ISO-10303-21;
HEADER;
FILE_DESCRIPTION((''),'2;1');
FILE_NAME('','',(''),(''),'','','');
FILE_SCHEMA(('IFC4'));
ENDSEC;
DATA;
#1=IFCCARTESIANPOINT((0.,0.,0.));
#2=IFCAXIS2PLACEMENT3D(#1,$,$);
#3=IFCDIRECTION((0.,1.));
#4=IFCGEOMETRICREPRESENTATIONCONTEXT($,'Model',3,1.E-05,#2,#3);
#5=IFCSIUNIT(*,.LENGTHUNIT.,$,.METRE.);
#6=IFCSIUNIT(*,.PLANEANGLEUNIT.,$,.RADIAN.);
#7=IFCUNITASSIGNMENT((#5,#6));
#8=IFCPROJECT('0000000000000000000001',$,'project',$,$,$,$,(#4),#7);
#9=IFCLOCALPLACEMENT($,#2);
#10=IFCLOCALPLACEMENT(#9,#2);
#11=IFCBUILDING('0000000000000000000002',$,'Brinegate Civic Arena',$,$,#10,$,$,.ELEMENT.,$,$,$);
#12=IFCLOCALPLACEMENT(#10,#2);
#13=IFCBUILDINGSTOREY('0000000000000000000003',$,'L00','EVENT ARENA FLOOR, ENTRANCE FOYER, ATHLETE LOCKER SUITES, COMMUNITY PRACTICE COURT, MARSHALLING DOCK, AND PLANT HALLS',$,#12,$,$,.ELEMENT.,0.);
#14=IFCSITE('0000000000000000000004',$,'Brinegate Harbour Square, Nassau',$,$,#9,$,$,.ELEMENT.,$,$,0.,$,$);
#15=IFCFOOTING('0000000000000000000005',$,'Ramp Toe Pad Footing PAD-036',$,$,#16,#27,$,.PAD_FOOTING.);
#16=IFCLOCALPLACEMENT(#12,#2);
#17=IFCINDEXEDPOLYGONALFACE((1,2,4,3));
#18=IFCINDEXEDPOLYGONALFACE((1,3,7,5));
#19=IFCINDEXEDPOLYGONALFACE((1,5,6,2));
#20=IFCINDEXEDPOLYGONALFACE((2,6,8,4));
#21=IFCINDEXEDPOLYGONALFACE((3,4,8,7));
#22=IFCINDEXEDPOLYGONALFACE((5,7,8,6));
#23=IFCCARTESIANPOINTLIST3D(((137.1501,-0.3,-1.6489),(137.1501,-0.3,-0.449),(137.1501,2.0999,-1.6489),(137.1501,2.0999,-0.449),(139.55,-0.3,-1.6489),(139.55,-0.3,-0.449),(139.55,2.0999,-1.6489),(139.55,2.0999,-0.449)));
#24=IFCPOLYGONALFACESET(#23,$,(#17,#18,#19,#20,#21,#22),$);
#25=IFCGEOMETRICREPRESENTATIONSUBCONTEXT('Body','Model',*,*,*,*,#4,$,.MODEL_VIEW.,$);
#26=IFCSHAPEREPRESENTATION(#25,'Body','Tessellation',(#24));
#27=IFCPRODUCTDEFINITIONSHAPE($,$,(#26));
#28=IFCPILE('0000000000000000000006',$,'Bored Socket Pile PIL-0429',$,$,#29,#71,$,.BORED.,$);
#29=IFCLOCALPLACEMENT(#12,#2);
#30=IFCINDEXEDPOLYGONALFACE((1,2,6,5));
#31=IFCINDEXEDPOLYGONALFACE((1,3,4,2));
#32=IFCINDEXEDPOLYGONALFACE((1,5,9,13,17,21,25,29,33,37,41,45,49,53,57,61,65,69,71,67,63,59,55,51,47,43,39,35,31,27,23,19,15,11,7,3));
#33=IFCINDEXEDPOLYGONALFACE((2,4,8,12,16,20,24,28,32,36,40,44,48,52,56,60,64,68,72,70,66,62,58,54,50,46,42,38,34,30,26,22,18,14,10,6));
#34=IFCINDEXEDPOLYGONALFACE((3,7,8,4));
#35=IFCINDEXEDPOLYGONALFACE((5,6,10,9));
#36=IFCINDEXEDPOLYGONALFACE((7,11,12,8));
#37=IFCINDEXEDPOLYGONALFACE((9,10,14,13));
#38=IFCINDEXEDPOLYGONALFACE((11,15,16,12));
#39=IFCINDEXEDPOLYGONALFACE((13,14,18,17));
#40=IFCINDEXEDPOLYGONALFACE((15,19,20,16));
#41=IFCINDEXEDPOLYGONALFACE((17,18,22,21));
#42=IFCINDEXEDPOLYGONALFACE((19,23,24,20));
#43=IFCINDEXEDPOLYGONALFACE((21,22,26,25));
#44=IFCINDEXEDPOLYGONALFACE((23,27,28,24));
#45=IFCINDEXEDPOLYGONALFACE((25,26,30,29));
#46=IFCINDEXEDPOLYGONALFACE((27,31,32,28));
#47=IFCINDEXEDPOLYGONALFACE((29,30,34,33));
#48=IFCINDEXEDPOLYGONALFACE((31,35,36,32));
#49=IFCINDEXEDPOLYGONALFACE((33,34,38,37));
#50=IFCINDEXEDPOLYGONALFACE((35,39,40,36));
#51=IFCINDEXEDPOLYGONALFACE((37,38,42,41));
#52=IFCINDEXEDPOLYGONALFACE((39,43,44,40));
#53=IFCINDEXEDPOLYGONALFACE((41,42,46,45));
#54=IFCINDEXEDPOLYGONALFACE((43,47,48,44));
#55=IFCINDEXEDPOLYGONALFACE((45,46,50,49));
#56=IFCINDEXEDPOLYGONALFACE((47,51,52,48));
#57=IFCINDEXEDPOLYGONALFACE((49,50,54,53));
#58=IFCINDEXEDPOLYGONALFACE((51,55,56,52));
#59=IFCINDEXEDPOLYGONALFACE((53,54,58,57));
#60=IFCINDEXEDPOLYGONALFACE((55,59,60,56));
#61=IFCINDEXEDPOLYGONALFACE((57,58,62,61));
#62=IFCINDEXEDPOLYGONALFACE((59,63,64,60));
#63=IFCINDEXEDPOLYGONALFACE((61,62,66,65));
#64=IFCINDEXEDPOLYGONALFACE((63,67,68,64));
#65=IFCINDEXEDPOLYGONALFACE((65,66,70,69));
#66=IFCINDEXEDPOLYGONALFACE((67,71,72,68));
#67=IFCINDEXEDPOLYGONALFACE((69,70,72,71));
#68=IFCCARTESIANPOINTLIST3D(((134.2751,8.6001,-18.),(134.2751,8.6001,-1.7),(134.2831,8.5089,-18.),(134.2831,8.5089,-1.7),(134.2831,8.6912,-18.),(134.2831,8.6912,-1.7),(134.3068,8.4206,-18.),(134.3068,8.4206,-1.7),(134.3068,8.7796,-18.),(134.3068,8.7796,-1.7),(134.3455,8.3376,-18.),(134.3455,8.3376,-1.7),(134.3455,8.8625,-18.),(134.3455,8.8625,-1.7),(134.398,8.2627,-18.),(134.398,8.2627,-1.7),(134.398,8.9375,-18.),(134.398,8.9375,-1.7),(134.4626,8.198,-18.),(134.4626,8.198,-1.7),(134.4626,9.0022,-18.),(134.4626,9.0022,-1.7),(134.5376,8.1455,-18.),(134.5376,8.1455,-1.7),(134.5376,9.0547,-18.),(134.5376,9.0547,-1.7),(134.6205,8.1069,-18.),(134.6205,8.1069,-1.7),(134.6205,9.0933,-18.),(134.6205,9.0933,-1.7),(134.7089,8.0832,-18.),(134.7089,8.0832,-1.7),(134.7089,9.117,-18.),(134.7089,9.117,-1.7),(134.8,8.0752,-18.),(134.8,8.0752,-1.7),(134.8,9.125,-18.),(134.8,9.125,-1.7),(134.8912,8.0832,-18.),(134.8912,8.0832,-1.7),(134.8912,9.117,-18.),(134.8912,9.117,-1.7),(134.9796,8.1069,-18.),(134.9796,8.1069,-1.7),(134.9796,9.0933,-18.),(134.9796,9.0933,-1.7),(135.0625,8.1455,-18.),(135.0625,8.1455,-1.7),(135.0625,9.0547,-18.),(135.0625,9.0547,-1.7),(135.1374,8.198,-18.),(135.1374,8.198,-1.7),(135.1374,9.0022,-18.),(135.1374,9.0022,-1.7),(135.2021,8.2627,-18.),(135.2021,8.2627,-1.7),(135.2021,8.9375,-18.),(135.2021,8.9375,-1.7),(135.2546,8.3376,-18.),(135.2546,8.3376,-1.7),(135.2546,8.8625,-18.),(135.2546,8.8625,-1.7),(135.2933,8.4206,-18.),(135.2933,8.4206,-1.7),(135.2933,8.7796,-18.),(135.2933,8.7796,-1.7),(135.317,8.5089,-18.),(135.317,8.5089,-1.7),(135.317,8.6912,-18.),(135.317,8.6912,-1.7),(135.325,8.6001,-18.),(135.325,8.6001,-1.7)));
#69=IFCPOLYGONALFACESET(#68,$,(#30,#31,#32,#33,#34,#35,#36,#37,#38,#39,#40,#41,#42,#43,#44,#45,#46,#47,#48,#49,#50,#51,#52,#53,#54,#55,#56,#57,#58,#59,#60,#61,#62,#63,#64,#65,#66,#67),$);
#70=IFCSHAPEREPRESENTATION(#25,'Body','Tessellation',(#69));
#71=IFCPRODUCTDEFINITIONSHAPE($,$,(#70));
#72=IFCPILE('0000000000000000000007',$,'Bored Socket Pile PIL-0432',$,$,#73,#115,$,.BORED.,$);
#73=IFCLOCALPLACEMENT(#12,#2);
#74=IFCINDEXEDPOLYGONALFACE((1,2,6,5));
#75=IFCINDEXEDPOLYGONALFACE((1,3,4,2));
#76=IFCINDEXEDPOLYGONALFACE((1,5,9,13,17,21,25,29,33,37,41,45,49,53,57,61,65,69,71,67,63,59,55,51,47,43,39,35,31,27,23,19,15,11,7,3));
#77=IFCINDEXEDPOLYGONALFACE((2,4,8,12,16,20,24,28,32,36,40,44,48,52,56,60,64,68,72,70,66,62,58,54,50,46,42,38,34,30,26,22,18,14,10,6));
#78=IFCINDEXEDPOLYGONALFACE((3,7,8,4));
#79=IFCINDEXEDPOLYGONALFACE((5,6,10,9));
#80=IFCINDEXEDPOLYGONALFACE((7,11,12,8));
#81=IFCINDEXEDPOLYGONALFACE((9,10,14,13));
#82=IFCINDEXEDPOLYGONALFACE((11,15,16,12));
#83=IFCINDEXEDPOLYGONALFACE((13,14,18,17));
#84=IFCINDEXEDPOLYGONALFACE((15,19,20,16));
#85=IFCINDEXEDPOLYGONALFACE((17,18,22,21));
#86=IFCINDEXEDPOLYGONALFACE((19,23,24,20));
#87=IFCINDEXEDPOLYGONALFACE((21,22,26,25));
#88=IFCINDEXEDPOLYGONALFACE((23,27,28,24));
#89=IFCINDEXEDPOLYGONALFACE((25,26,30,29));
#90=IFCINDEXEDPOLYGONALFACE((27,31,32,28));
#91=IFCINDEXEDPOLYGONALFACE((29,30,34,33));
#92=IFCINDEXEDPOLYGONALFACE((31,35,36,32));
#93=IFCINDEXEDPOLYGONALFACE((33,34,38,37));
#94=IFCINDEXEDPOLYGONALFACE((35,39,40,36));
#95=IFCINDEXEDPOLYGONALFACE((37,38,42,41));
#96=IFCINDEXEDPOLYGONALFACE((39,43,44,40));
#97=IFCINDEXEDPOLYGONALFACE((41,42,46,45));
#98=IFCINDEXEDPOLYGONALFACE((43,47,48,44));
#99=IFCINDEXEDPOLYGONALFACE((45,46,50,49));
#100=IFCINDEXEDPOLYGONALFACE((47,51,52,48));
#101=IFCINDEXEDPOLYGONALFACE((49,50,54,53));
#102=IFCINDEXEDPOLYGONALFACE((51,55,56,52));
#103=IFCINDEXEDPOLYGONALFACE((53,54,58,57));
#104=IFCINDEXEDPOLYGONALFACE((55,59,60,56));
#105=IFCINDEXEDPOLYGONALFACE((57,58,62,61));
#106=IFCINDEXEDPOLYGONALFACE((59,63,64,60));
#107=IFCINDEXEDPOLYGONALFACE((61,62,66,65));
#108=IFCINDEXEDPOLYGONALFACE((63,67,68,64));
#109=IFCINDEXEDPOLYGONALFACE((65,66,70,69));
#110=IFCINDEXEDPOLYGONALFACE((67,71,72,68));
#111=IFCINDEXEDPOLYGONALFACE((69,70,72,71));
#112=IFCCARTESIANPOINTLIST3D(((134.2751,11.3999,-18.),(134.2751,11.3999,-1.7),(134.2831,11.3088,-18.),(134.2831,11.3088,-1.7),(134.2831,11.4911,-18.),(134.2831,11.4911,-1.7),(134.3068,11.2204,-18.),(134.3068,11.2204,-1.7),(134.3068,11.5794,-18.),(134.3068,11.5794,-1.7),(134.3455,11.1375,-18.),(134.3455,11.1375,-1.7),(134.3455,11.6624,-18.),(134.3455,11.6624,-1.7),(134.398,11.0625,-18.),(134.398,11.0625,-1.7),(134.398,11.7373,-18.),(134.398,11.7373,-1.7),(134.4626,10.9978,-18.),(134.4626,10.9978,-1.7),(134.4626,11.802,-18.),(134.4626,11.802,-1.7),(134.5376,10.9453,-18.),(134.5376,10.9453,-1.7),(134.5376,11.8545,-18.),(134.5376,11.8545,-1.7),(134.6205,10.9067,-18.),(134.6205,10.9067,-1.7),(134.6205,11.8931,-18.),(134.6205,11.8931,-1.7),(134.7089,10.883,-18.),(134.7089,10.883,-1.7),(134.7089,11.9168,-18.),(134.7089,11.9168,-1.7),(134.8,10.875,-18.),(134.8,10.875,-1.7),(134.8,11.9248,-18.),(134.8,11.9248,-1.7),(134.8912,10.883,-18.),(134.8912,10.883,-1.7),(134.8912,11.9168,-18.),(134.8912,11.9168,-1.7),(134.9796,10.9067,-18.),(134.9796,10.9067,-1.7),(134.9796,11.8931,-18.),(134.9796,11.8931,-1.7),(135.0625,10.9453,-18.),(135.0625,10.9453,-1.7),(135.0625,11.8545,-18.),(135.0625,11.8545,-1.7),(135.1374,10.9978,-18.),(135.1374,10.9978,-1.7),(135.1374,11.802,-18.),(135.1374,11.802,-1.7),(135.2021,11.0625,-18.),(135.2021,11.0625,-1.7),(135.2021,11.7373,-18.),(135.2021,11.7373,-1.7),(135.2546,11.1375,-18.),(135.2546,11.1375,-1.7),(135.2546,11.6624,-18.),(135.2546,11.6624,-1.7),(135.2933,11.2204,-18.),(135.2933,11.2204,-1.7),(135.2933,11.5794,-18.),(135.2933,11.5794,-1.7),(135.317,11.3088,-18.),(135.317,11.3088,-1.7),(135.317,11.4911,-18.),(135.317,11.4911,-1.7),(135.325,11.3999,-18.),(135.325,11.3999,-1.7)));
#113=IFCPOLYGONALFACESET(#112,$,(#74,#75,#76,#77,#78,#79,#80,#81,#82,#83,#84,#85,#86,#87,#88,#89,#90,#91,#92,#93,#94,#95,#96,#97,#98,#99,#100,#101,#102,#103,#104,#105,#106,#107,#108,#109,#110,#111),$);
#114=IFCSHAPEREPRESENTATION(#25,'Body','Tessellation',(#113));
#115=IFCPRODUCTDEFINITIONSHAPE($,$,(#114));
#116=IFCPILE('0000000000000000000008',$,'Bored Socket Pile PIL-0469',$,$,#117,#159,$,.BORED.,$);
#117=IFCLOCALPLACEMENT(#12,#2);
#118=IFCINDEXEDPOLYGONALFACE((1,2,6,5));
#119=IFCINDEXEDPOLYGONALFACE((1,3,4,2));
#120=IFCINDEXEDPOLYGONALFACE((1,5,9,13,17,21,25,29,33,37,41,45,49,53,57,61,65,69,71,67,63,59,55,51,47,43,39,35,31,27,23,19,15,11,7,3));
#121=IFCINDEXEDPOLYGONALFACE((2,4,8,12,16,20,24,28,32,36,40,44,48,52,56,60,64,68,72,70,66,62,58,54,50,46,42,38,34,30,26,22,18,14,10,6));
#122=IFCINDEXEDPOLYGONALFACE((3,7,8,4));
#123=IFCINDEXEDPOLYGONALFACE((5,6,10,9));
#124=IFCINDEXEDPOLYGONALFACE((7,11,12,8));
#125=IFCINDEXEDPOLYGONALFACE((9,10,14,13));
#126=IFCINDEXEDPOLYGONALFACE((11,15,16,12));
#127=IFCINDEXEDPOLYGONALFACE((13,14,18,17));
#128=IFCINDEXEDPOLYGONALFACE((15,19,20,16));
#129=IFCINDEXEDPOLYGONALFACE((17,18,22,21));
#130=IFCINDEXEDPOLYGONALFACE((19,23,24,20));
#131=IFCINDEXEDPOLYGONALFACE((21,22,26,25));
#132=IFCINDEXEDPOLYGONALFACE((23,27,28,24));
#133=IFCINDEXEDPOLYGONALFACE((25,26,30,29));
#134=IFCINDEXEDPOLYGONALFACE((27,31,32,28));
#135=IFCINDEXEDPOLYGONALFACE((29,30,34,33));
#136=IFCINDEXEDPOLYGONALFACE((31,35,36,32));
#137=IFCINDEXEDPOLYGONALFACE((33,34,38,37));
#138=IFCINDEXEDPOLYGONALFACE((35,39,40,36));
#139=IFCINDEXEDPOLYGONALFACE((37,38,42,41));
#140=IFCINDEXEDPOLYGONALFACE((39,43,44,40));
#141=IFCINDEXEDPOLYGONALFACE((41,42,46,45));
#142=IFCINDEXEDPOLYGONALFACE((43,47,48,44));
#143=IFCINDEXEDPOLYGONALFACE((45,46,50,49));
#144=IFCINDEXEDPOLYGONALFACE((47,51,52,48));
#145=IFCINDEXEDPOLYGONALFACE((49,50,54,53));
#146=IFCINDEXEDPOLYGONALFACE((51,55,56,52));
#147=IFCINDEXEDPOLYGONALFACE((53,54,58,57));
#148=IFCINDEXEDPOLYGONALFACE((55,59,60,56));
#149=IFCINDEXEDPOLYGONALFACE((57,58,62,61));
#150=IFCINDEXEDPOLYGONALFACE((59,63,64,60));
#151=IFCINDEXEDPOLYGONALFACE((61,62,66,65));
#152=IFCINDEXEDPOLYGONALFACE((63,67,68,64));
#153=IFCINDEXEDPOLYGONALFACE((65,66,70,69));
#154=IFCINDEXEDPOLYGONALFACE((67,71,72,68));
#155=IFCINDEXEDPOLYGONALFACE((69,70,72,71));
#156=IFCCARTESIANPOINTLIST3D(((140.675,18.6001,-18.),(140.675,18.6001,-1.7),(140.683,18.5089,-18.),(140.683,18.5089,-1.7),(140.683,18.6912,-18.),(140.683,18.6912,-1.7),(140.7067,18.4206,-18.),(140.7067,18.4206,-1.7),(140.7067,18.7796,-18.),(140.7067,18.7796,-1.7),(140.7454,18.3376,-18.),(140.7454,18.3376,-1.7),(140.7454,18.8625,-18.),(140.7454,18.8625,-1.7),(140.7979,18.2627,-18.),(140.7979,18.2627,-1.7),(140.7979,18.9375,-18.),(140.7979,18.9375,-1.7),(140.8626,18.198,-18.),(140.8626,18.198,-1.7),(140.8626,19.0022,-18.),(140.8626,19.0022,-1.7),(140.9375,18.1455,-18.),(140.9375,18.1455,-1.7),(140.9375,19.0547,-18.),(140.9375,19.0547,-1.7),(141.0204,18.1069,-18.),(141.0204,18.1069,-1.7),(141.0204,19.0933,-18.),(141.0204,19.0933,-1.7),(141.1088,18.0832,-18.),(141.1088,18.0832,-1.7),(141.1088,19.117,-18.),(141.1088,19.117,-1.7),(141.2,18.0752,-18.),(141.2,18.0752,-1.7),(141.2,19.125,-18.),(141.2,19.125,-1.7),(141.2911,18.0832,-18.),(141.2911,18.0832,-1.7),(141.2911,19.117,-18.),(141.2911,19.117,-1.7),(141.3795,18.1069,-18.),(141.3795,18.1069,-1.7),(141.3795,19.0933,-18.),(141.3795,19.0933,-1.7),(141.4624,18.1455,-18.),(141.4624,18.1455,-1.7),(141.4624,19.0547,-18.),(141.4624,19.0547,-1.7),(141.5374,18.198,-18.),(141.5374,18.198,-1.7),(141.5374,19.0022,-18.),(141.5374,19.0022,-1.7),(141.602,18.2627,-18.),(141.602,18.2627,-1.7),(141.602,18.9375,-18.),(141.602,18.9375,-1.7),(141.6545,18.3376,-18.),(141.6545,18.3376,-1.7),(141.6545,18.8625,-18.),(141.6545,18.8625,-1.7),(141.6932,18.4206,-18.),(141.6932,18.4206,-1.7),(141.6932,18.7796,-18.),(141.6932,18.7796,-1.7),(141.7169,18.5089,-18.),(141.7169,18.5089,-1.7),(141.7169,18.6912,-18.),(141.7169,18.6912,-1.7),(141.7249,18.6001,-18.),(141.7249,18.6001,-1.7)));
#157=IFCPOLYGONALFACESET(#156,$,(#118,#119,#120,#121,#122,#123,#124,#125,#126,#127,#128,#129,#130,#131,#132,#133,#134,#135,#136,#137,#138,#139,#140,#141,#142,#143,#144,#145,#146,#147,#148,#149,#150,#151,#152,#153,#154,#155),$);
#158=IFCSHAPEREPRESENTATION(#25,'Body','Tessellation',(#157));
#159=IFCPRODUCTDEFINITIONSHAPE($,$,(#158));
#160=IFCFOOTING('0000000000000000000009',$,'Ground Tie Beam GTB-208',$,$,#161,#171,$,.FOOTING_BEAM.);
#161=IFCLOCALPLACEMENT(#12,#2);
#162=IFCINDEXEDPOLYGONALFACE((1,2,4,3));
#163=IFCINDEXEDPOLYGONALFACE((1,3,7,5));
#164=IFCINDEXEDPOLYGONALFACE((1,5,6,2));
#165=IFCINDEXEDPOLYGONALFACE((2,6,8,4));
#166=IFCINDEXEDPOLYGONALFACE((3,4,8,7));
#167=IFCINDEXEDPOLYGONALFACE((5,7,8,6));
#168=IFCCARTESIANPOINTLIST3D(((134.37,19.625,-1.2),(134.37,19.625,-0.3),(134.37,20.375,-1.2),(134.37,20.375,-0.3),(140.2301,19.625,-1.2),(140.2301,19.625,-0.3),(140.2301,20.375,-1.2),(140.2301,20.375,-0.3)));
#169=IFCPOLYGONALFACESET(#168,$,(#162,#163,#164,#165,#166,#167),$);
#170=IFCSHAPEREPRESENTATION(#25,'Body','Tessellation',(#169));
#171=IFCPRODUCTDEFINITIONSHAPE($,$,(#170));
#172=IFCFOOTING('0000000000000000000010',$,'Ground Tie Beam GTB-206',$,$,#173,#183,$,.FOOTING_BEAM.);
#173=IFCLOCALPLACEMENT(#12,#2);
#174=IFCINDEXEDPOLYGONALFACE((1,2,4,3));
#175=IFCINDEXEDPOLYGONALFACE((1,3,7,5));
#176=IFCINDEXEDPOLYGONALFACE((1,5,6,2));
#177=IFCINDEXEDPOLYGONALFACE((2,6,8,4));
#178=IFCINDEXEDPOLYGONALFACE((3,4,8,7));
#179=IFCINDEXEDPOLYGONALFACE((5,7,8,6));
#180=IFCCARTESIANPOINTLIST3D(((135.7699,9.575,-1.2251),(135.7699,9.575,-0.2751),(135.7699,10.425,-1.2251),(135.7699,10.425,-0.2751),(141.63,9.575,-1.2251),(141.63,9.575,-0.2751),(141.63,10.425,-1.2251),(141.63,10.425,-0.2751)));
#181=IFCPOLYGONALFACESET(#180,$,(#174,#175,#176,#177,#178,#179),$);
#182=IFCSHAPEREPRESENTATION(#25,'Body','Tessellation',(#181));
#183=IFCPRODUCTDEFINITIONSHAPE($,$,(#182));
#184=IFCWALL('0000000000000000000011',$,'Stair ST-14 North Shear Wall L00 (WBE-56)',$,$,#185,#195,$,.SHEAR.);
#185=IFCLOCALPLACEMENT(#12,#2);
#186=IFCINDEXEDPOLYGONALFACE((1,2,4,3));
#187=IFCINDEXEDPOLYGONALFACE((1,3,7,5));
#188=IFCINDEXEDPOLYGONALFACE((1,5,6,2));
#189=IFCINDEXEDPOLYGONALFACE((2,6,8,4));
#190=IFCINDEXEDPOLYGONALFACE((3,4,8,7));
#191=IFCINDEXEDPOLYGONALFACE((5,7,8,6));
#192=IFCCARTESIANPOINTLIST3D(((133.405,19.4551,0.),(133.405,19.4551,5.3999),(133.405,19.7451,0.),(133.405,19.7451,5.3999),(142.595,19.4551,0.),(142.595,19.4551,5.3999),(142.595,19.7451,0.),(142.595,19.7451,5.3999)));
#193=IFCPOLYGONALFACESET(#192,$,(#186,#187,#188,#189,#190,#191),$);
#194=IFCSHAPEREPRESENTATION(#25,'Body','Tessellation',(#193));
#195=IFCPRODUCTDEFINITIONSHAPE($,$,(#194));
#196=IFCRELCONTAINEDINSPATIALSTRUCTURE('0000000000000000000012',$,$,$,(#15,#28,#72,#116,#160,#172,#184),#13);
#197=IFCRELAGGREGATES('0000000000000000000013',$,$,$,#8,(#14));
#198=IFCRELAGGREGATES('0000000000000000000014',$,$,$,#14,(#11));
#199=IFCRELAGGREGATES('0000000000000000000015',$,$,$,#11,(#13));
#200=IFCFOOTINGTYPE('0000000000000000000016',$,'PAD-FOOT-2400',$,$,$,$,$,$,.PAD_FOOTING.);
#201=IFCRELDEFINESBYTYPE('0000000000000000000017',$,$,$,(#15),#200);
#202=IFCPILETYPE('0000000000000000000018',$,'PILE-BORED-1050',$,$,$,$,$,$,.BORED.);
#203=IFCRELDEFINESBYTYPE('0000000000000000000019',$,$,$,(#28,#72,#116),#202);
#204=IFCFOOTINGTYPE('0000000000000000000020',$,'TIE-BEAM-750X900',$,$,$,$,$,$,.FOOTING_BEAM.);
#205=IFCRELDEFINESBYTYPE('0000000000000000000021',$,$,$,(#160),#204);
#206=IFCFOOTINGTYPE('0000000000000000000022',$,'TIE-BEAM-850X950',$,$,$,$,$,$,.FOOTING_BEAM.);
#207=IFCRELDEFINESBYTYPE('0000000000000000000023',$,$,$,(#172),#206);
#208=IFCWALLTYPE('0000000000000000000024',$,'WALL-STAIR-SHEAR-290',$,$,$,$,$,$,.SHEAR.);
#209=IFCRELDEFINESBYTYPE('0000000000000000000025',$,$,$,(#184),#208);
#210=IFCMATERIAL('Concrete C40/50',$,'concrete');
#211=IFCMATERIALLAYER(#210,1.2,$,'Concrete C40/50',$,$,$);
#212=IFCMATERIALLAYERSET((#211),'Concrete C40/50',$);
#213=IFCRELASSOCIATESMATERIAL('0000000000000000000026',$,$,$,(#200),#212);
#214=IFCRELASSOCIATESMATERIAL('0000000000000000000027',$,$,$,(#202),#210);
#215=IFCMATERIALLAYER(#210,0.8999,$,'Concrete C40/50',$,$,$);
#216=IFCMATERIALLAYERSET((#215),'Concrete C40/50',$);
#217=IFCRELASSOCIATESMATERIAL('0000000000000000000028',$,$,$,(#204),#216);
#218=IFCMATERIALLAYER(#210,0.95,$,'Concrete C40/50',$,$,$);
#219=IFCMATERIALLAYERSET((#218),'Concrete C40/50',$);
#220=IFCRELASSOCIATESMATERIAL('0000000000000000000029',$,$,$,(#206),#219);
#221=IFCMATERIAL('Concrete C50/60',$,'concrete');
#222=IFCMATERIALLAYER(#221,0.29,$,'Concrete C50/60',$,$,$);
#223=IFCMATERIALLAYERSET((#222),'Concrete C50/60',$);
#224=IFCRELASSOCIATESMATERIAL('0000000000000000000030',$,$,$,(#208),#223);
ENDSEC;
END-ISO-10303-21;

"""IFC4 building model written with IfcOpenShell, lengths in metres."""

from ifc_helpers import new_model, si_unit, direction, frame, frame_2d, origin, origin_2d, place, context, subcontext, project, spatial, rectangle, circle, extrude, material, layer, layer_set, material_profile, profile_set, type_object, element, save


model = new_model("IFC4")

# Units and contexts
model_context = context("Model", 3, precision=1e-05, world=origin(), true_north=direction((0.0, 1.0)))
body_context = subcontext(model_context, "Body", "Model", "MODEL_VIEW")
ifc_project = project(units=[si_unit("LENGTHUNIT", "METRE"), si_unit("PLANEANGLEUNIT", "RADIAN")], contexts=[model_context])

# Site, building, storey
site_placement = place(None, origin())
site = spatial("IfcSite", under=ifc_project, at=site_placement, Name="Brinegate Harbour Square, Nassau", CompositionType="ELEMENT", RefElevation=0.0)
building_placement = place(site_placement, origin())
building = spatial("IfcBuilding", under=site, at=building_placement, Name="Brinegate Civic Arena", CompositionType="ELEMENT")
storey_placement = place(building_placement, origin())
storey = spatial("IfcBuildingStorey", under=building, at=storey_placement, Name="L00", Description="EVENT ARENA FLOOR, ENTRANCE FOYER, ATHLETE LOCKER SUITES, COMMUNITY PRACTICE COURT, MARSHALLING DOCK, AND PLANT HALLS", CompositionType="ELEMENT", Elevation=0.0)

# Footing
ifc_material_1 = material(Name="Concrete C40/50", Category="concrete")
ifc_layer_1 = layer(ifc_material_1, 1.2, Name="Concrete C40/50")
ifc_layer_set_1 = layer_set([ifc_layer_1], Name="Concrete C40/50")
footing_type_1 = type_object("IfcFootingType", Name="PAD-FOOT-2400", PredefinedType="PAD_FOOTING", material=ifc_layer_set_1)
footing_1_placement = place(storey_placement, frame((138.3501, 0.8999, -1.6489), z_axis=(0.0, 0.0, 1.0), x_axis=(1.0, 0.0, 0.0)))
element("IfcFooting", 1, at=footing_1_placement, inside=storey, type_object=footing_type_1, Name="Ramp Toe Pad Footing PAD-036", PredefinedType="PAD_FOOTING", context=body_context, shape_type="SweptSolid", body=[
    extrude(rectangle(XDim=2.3999, YDim=2.3999, at=origin_2d()), origin(), (0.0, 0.0, 1.0), 1.2),
])

# Piles
ifc_material_profile = material_profile(ifc_material_1, circle(Radius=0.5249, at=origin_2d()), Name="PILED1050")
ifc_profile_set = profile_set([ifc_material_profile], Name="Concrete C40/50")
pile_type = type_object("IfcPileType", Name="PILE-BORED-1050", PredefinedType="BORED", material=ifc_profile_set)
for number, where, z_axis, x_axis, name in (
    (2, (134.8, 8.6001, -1.7), (0.0, 0.0, -1.0), (1.0, 0.0, 0.0), "Bored Socket Pile PIL-0429"),
    (3, (134.8, 11.3999, -1.7), (0.0, 0.0, -1.0), (1.0, 0.0, 0.0), "Bored Socket Pile PIL-0432"),
    (4, (141.2, 18.6001, -1.7), (0.0, 0.0, -1.0), (1.0, 0.0, 0.0), "Bored Socket Pile PIL-0469"),
):
    element("IfcPile", number, at=place(storey_placement, frame(where, z_axis=z_axis, x_axis=x_axis)), inside=storey, type_object=pile_type, Name=name, PredefinedType="BORED", context=body_context, shape_type="SweptSolid", body=[
        extrude(circle(Radius=0.5249, at=origin_2d()), origin(), (0.0, 0.0, 1.0), 16.3),
    ])

# Footings
ifc_layer_2 = layer(ifc_material_1, 0.8999, Name="Concrete C40/50")
ifc_layer_set_2 = layer_set([ifc_layer_2], Name="Concrete C40/50")
footing_type_2 = type_object("IfcFootingType", Name="TIE-BEAM-750X900", PredefinedType="FOOTING_BEAM", material=ifc_layer_set_2)
footing_2_placement = place(storey_placement, frame((137.3, 20.0, -1.2), z_axis=(0.0, 0.0, 1.0), x_axis=(1.0, 0.0, 0.0)))
element("IfcFooting", 5, at=footing_2_placement, inside=storey, type_object=footing_type_2, Name="Ground Tie Beam GTB-208", PredefinedType="FOOTING_BEAM", context=body_context, shape_type="SweptSolid", body=[
    extrude(rectangle(XDim=5.8601, YDim=0.75, at=origin_2d()), origin(), (0.0, 0.0, 1.0), 0.8999),
])
ifc_layer_3 = layer(ifc_material_1, 0.95, Name="Concrete C40/50")
ifc_layer_set_3 = layer_set([ifc_layer_3], Name="Concrete C40/50")
footing_type_3 = type_object("IfcFootingType", Name="TIE-BEAM-850X950", PredefinedType="FOOTING_BEAM", material=ifc_layer_set_3)
footing_3_placement = place(storey_placement, frame((138.7, 10.0, -1.2251), z_axis=(0.0, 0.0, 1.0), x_axis=(1.0, 0.0, 0.0)))
element("IfcFooting", 6, at=footing_3_placement, inside=storey, type_object=footing_type_3, Name="Ground Tie Beam GTB-206", PredefinedType="FOOTING_BEAM", context=body_context, shape_type="SweptSolid", body=[
    extrude(rectangle(XDim=5.8601, YDim=0.8501, at=origin_2d()), origin(), (0.0, 0.0, 1.0), 0.95),
])

# Wall
ifc_material_2 = material(Name="Concrete C50/60", Category="concrete")
ifc_layer_4 = layer(ifc_material_2, 0.29, Name="Concrete C50/60")
ifc_layer_set_4 = layer_set([ifc_layer_4], Name="Concrete C50/60")
wall_type = type_object("IfcWallType", Name="WALL-STAIR-SHEAR-290", PredefinedType="SHEAR", material=ifc_layer_set_4)
wall_placement = place(storey_placement, frame((133.405, 19.6001, 0.0), z_axis=(0.0, 0.0, 1.0), x_axis=(1.0, 0.0, 0.0)))
element("IfcWall", 7, at=wall_placement, inside=storey, type_object=wall_type, Name="Stair ST-14 North Shear Wall L00 (WBE-56)", PredefinedType="SHEAR", context=body_context, shape_type="SweptSolid", body=[
    extrude(rectangle(XDim=9.1899, YDim=0.29, at=frame_2d((4.595, 0.0))), origin(), (0.0, 0.0, 1.0), 5.3999),
])

save(model, "model.ifc")
